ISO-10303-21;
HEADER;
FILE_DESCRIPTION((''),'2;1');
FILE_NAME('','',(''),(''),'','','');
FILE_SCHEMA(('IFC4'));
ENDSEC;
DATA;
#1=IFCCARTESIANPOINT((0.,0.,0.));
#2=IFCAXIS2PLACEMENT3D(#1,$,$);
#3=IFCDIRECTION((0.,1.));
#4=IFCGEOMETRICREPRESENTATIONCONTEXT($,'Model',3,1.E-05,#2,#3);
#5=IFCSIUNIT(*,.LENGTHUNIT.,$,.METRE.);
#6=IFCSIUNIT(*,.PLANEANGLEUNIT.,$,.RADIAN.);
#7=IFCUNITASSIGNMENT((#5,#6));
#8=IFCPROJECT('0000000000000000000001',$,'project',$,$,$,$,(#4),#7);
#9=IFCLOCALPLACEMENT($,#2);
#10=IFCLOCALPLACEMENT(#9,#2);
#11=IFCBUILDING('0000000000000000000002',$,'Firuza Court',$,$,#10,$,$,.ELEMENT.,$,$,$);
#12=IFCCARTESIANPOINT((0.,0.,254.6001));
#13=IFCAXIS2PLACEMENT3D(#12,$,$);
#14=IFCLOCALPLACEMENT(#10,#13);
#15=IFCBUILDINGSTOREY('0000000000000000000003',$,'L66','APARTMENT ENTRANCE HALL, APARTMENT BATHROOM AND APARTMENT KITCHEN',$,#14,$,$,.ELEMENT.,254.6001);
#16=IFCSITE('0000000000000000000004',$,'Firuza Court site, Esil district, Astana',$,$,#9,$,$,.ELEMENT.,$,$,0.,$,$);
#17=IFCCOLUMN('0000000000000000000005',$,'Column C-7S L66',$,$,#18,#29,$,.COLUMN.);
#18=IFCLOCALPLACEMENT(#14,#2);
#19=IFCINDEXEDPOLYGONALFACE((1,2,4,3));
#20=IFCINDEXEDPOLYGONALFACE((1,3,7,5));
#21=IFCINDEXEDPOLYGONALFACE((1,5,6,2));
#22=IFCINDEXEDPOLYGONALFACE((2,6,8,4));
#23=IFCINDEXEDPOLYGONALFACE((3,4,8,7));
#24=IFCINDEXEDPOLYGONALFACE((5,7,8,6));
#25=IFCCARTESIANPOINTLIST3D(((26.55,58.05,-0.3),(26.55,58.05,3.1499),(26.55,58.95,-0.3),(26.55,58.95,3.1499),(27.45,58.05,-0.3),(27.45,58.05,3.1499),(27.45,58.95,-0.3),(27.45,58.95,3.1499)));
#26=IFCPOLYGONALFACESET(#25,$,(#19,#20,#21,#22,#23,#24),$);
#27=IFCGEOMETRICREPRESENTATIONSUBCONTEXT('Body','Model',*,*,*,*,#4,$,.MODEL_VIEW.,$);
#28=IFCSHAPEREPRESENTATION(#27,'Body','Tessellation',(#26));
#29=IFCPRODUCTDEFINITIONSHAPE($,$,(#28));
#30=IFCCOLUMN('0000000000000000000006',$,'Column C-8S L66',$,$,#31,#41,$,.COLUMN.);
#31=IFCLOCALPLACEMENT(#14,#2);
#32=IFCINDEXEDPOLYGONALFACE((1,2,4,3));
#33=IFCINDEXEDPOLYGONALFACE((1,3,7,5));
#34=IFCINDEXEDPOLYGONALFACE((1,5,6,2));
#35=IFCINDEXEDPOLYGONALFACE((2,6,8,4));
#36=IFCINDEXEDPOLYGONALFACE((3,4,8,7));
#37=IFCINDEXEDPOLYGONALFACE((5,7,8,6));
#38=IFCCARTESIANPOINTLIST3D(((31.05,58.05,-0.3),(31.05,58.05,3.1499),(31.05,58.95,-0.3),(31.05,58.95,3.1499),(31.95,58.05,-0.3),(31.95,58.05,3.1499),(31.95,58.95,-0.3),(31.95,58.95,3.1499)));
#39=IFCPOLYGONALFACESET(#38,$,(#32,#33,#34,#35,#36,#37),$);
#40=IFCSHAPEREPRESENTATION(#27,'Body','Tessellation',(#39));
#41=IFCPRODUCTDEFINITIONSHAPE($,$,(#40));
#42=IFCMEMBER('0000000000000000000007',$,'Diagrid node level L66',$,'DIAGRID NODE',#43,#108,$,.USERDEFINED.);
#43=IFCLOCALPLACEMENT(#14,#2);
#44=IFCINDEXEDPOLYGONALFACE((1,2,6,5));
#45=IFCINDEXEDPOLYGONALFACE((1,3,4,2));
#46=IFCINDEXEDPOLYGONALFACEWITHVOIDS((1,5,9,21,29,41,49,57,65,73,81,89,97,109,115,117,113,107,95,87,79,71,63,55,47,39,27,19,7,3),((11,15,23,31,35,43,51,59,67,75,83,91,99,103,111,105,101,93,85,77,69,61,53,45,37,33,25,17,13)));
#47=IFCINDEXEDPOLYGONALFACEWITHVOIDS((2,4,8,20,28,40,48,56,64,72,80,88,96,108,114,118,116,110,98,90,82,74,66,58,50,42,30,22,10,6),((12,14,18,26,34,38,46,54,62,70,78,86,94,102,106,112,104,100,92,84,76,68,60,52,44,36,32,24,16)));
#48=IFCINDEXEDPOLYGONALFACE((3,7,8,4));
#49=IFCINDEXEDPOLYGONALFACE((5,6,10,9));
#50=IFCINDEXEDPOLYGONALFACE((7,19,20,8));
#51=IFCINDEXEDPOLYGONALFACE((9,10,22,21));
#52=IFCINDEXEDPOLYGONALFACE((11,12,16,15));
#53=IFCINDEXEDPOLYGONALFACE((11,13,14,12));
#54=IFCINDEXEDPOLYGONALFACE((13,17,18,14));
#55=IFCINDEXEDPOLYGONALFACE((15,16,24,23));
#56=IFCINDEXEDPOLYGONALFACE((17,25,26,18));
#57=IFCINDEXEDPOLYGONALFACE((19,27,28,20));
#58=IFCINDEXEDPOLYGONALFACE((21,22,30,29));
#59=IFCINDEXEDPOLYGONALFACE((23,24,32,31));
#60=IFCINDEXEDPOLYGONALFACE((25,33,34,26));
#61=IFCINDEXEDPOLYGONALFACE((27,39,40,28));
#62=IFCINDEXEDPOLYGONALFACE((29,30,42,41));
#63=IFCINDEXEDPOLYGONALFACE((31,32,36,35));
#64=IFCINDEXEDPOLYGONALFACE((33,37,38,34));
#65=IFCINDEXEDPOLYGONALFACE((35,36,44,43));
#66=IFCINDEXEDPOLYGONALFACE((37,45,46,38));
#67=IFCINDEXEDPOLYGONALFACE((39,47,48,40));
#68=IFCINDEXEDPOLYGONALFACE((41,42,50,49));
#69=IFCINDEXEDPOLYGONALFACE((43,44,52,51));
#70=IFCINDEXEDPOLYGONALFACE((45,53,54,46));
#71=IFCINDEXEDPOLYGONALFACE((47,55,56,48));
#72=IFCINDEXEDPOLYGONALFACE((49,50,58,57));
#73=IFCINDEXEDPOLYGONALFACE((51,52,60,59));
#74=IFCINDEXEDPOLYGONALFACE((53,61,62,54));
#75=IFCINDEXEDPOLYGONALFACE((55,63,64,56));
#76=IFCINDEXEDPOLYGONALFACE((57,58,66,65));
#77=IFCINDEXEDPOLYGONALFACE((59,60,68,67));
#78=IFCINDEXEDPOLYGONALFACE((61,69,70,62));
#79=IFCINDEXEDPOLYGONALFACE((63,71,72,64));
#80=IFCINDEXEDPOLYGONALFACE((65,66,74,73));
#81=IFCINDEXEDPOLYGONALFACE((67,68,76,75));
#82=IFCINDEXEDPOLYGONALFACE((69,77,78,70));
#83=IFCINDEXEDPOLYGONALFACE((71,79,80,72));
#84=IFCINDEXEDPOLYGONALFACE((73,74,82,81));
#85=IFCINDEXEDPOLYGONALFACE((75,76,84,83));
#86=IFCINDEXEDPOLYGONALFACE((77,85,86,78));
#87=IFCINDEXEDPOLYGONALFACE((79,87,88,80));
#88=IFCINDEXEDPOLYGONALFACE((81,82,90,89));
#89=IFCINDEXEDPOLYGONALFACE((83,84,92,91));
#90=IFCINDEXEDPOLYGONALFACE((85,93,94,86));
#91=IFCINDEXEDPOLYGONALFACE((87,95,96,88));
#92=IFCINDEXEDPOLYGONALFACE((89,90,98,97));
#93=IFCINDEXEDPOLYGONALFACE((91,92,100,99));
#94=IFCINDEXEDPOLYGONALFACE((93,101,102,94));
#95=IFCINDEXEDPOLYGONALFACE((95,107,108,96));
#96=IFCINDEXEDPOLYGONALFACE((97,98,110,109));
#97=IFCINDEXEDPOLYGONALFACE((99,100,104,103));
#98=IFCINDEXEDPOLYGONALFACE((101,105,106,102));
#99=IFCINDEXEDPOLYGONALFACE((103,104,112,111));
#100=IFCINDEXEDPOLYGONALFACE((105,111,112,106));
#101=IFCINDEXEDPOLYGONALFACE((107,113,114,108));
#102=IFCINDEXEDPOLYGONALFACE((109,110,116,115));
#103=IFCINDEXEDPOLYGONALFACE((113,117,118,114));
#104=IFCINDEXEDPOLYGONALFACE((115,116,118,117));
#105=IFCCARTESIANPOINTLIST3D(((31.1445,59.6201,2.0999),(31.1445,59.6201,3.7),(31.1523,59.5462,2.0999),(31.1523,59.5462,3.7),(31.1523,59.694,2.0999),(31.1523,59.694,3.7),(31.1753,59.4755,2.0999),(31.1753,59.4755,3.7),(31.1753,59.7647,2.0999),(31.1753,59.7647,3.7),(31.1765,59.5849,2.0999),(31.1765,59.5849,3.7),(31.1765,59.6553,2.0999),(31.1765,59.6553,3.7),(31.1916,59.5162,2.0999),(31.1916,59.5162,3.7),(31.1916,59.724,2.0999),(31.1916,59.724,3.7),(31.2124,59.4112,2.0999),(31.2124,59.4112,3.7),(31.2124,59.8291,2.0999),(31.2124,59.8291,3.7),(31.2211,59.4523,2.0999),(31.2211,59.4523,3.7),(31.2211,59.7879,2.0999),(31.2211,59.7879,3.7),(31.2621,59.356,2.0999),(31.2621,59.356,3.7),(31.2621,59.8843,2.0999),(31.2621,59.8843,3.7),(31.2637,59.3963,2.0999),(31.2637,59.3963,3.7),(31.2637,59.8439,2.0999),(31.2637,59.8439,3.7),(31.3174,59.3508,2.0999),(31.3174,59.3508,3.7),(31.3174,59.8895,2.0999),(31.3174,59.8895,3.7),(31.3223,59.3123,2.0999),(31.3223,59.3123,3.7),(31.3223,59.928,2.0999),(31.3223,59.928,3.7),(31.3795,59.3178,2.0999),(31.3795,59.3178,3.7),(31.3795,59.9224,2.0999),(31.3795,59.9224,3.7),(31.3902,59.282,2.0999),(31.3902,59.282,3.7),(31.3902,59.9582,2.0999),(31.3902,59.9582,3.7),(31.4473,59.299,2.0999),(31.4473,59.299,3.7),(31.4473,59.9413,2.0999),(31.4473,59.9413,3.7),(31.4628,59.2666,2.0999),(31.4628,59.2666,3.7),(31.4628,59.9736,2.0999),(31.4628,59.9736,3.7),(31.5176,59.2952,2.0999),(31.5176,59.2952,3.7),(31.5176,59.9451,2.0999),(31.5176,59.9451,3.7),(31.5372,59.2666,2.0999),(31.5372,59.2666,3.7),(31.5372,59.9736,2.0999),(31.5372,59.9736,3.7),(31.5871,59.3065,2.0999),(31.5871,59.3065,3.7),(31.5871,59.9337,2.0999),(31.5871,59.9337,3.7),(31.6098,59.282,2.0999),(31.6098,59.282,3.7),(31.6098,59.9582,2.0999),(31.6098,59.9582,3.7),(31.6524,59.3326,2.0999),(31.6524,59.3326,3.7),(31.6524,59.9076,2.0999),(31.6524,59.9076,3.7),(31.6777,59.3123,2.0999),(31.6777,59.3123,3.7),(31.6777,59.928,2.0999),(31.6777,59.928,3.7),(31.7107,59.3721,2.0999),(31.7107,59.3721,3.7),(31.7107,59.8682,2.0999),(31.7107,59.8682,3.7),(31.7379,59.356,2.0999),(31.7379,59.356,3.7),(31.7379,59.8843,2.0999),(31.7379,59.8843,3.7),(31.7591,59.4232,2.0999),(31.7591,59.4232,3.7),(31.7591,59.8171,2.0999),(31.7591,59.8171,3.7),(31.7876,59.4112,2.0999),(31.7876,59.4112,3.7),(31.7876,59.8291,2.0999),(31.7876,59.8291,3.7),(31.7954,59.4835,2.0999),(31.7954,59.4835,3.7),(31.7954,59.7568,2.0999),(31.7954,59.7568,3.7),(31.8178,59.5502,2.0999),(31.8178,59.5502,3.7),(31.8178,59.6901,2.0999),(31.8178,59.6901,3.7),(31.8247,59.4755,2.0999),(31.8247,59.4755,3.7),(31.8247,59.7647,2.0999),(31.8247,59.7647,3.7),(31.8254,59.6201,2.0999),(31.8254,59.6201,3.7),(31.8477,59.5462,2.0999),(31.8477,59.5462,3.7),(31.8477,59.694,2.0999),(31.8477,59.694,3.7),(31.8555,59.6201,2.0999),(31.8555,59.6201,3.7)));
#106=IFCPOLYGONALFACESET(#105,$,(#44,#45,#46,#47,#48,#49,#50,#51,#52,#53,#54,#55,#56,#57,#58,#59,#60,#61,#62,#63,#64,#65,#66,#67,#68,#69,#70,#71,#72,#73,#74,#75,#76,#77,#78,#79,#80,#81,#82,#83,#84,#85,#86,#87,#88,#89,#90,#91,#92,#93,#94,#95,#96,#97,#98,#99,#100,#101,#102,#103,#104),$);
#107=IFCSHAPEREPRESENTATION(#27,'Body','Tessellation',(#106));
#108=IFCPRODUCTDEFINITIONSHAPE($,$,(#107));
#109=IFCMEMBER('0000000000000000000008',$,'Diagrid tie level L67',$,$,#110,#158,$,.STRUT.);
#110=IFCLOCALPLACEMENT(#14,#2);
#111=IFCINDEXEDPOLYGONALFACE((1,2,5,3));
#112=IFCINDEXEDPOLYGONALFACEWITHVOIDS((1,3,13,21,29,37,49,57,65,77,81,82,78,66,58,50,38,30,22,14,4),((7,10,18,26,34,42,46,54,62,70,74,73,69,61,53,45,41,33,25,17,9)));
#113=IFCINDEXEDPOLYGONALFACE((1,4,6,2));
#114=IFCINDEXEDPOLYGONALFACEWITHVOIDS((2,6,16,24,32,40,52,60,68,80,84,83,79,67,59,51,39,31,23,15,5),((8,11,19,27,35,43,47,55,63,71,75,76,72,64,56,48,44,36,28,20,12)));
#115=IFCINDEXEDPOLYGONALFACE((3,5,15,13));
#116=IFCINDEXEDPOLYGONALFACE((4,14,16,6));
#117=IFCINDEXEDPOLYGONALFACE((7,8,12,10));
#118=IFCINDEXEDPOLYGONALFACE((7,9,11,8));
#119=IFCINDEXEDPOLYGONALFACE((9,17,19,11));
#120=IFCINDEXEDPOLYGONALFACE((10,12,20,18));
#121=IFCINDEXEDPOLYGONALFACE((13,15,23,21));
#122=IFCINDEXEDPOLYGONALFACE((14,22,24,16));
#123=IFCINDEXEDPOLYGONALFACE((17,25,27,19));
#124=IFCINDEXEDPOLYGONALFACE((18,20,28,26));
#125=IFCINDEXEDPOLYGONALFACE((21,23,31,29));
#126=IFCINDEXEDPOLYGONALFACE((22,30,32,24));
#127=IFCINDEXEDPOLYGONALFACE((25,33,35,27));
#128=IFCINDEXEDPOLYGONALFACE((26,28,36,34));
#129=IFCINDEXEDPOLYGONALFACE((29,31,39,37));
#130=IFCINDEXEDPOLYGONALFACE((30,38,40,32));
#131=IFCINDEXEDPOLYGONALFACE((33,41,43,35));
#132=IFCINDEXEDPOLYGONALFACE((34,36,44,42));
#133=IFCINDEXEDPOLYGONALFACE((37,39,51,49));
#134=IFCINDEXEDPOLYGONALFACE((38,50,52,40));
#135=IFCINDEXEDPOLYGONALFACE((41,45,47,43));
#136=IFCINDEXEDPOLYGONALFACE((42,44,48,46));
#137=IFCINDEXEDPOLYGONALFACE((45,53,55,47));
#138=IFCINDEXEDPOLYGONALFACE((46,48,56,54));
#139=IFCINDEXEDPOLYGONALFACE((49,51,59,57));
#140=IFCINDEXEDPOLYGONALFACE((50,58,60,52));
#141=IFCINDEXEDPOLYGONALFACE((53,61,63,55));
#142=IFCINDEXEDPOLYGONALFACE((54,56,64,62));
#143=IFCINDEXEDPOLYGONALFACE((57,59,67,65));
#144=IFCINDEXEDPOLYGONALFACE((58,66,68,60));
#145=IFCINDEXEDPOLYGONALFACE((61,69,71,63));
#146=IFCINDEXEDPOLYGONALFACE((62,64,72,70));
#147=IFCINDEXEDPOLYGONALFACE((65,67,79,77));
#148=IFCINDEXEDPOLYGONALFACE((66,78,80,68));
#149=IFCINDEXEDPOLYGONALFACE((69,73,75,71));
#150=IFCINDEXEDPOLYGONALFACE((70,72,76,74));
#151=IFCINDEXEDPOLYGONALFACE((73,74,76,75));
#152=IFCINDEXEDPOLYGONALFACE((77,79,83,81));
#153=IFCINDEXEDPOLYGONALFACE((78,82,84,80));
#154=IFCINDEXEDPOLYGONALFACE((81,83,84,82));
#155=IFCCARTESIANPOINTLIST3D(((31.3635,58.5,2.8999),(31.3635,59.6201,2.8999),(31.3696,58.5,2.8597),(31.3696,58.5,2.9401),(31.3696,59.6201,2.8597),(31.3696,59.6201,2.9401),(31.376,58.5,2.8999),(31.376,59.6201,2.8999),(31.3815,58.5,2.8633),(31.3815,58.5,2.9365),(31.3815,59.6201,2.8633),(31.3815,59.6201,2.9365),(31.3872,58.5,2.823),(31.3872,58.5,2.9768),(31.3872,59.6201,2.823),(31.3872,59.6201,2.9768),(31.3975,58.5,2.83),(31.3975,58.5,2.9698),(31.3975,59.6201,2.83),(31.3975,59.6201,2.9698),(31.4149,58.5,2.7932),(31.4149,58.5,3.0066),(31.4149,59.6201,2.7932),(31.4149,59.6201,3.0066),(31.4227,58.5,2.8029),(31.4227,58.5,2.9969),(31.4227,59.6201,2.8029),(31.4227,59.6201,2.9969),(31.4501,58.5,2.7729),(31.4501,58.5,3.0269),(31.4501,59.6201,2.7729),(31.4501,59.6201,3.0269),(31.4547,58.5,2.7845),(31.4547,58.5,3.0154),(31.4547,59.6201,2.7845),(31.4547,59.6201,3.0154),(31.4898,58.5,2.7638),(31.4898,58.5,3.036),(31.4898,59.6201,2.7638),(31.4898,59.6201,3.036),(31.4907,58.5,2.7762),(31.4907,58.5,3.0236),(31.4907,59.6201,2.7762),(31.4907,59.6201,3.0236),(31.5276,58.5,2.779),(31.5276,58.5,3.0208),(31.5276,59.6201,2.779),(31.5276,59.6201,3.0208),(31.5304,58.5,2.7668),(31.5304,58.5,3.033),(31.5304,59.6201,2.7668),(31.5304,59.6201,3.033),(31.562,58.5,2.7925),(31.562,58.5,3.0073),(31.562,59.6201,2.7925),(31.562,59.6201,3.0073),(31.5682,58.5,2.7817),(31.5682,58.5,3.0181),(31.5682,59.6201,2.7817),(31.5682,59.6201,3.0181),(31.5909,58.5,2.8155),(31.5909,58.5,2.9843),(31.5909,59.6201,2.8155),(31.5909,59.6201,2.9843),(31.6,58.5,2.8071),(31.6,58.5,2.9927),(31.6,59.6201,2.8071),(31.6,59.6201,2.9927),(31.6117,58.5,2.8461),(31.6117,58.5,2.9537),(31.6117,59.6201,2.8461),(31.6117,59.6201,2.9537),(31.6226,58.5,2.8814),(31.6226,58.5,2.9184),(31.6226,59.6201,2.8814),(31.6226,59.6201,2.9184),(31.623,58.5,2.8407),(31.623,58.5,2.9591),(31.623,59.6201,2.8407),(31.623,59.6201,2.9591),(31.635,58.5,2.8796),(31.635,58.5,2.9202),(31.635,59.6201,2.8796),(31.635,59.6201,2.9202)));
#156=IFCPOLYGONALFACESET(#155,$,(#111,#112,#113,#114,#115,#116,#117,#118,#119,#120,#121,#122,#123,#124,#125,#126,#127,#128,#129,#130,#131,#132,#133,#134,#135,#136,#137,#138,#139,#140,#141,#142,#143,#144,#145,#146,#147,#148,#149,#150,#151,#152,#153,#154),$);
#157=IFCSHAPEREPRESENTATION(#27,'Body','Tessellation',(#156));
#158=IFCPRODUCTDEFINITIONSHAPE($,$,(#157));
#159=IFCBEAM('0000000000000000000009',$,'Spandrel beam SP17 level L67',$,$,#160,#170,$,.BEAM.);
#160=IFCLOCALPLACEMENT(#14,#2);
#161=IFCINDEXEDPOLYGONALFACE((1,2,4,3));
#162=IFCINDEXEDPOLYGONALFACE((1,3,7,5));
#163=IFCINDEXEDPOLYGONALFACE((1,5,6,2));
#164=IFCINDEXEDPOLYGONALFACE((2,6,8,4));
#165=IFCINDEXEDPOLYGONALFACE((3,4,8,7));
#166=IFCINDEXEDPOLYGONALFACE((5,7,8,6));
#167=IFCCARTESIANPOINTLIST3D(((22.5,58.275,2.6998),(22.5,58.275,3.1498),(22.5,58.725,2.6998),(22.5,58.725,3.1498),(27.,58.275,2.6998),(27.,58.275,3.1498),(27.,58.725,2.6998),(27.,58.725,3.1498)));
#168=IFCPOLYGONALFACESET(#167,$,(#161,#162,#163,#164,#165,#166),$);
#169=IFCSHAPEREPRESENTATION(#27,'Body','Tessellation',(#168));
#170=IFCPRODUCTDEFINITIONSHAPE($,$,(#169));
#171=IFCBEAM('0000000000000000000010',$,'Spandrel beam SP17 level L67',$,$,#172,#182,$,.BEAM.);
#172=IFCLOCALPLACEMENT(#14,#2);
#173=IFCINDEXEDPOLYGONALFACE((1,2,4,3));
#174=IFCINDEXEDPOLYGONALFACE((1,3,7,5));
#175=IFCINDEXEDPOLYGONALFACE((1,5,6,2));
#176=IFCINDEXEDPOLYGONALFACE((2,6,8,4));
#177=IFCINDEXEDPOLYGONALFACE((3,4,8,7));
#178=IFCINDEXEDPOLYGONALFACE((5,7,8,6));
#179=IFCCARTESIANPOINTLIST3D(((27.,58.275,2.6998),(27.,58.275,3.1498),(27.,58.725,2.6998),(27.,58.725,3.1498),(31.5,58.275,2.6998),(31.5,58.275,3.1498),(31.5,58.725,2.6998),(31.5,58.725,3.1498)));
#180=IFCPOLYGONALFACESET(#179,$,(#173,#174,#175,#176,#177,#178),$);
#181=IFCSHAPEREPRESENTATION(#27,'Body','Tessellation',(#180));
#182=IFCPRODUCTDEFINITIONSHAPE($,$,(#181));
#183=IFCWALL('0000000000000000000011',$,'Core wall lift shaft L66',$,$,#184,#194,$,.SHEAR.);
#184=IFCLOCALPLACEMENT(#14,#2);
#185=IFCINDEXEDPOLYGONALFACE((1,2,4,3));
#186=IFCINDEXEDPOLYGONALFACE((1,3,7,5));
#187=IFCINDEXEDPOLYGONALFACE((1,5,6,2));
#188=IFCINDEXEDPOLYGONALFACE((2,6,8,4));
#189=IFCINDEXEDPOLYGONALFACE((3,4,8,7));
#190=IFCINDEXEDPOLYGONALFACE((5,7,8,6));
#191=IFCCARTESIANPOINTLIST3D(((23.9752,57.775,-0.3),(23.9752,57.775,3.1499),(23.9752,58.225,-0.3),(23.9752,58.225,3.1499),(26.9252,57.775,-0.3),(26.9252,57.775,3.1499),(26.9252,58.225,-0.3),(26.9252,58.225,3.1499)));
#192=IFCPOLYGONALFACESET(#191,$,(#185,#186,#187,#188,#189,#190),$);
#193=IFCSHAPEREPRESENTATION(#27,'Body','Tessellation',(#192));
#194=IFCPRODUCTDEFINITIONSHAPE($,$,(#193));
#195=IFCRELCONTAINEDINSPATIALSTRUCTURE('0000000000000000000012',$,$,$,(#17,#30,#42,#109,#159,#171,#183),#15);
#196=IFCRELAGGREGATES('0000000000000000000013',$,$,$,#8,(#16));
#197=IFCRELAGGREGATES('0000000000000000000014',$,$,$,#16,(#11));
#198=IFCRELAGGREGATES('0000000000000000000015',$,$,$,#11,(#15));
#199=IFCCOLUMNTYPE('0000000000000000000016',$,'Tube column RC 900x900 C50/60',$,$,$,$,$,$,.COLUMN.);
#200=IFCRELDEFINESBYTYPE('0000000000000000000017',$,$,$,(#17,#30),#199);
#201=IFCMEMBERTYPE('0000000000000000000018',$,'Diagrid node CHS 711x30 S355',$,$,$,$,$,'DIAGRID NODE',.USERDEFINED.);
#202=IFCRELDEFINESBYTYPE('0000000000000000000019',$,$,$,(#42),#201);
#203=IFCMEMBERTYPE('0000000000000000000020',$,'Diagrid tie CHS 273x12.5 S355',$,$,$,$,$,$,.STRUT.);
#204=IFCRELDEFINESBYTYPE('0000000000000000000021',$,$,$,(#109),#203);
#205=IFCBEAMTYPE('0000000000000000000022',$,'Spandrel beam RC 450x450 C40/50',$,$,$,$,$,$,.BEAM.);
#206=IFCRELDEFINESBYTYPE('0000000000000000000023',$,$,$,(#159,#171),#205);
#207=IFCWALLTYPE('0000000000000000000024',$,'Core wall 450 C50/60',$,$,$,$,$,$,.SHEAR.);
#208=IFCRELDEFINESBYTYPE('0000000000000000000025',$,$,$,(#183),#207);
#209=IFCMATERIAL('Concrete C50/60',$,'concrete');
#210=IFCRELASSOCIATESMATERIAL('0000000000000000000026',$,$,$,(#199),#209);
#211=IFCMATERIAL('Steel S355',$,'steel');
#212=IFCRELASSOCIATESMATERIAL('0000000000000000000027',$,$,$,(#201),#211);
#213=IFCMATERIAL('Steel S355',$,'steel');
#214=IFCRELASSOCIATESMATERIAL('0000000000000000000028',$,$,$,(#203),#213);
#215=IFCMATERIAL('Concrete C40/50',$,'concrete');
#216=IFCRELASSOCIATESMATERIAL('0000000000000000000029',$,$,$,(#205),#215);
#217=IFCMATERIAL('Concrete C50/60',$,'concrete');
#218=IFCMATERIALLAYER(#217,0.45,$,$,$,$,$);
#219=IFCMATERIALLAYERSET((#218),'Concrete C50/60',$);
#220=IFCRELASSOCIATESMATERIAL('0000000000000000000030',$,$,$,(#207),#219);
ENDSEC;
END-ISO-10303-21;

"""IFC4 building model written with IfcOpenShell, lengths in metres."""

from ifc_helpers import new_model, si_unit, direction, frame, frame_2d, origin, origin_2d, place, context, subcontext, project, spatial, rectangle, hollow_circle, extrude, material, layer, layer_set, material_profile, profile_set, type_object, element, save


model = new_model("IFC4")

# Units and contexts
model_context = context("Model", 3, precision=1e-05, world=origin(), true_north=direction((0.0, 1.0)))
body_context = subcontext(model_context, "Body", "Model", "MODEL_VIEW")
ifc_project = project(units=[si_unit("LENGTHUNIT", "METRE"), si_unit("PLANEANGLEUNIT", "RADIAN")], contexts=[model_context])

# Site, building, storey
site_placement = place(None, origin())
site = spatial("IfcSite", under=ifc_project, at=site_placement, Name="Firuza Court site, Esil district, Astana", CompositionType="ELEMENT", RefElevation=0.0)
building_placement = place(site_placement, origin())
building = spatial("IfcBuilding", under=site, at=building_placement, Name="Firuza Court", CompositionType="ELEMENT")
storey_placement = place(building_placement, frame((0.0, 0.0, 254.6001)))
storey = spatial("IfcBuildingStorey", under=building, at=storey_placement, Name="L66", Description="APARTMENT ENTRANCE HALL, APARTMENT BATHROOM AND APARTMENT KITCHEN", CompositionType="ELEMENT", Elevation=254.6001)

# Columns
ifc_material_1 = material(Name="Concrete C50/60", Category="concrete")
ifc_material_profile_1 = material_profile(ifc_material_1, rectangle(XDim=0.8999, YDim=0.8999, at=origin_2d()), Name="RC 900x900")
ifc_profile_set_1 = profile_set([ifc_material_profile_1], Name="Concrete C50/60")
column_type = type_object("IfcColumnType", Name="Tube column RC 900x900 C50/60", PredefinedType="COLUMN", material=ifc_profile_set_1)
for number, where, z_axis, x_axis, name in (
    (1, (27.0, 58.5, -0.3), (0.0, 0.0, 1.0), (1.0, 0.0, 0.0), "Column C-7S L66"),
    (2, (31.5, 58.5, -0.3), (0.0, 0.0, 1.0), (1.0, 0.0, 0.0), "Column C-8S L66"),
):
    element("IfcColumn", number, at=place(storey_placement, frame(where, z_axis=z_axis, x_axis=x_axis)), inside=storey, type_object=column_type, Name=name, PredefinedType="COLUMN", context=body_context, shape_type="SweptSolid", body=[
        extrude(rectangle(XDim=0.8999, YDim=0.8999, at=origin_2d()), origin(), (0.0, 0.0, 1.0), 3.45),
    ])

# Members
ifc_material_2 = material(Name="Steel S355", Category="steel")
ifc_material_profile_2 = material_profile(ifc_material_2, hollow_circle(Radius=0.3555, WallThickness=0.03, at=origin_2d()), Name="CHS 711x30")
ifc_profile_set_2 = profile_set([ifc_material_profile_2], Name="Steel S355")
member_type_1 = type_object("IfcMemberType", Name="Diagrid node CHS 711x30 S355", ElementType="DIAGRID NODE", PredefinedType="USERDEFINED", material=ifc_profile_set_2)
member_1_placement = place(storey_placement, frame((31.5, 59.6201, 2.0999), z_axis=(0.0, 0.0, 1.0), x_axis=(1.0, 0.0, 0.0)))
element("IfcMember", 3, at=member_1_placement, inside=storey, type_object=member_type_1, Name="Diagrid node level L66", ObjectType="DIAGRID NODE", PredefinedType="USERDEFINED", context=body_context, shape_type="SweptSolid", body=[
    extrude(hollow_circle(Radius=0.3555, WallThickness=0.03, at=origin_2d()), origin(), (0.0, 0.0, 1.0), 1.6001),
])
ifc_material_3 = material(Name="Steel S355", Category="steel")
ifc_material_profile_3 = material_profile(ifc_material_3, hollow_circle(Radius=0.1365, WallThickness=0.0125, at=origin_2d()), Name="CHS 273x12.5")
ifc_profile_set_3 = profile_set([ifc_material_profile_3], Name="Steel S355")
member_type_2 = type_object("IfcMemberType", Name="Diagrid tie CHS 273x12.5 S355", PredefinedType="STRUT", material=ifc_profile_set_3)
member_2_placement = place(storey_placement, frame((31.5, 58.5, 2.8999), z_axis=(0.0, 1.0, 0.0), x_axis=(-1.0, 0.0, 0.0)))
element("IfcMember", 4, at=member_2_placement, inside=storey, type_object=member_type_2, Name="Diagrid tie level L67", PredefinedType="STRUT", context=body_context, shape_type="SweptSolid", body=[
    extrude(hollow_circle(Radius=0.1365, WallThickness=0.0125, at=origin_2d()), origin(), (0.0, 0.0, 1.0), 1.1201),
])

# Beams
ifc_material_4 = material(Name="Concrete C40/50", Category="concrete")
ifc_material_profile_4 = material_profile(ifc_material_4, rectangle(XDim=0.45, YDim=0.45, at=origin_2d()), Name="RC 450x450")
ifc_profile_set_4 = profile_set([ifc_material_profile_4], Name="Concrete C40/50")
beam_type = type_object("IfcBeamType", Name="Spandrel beam RC 450x450 C40/50", PredefinedType="BEAM", material=ifc_profile_set_4)
for number, where, z_axis, x_axis, name in (
    (5, (27.0, 58.5, 2.9248), (-1.0, 0.0, 0.0), (0.0, -1.0, 0.0), "Spandrel beam SP17 level L67"),
    (6, (31.5, 58.5, 2.9248), (-1.0, 0.0, 0.0), (0.0, -1.0, 0.0), "Spandrel beam SP17 level L67"),
):
    element("IfcBeam", number, at=place(storey_placement, frame(where, z_axis=z_axis, x_axis=x_axis)), inside=storey, type_object=beam_type, Name=name, PredefinedType="BEAM", context=body_context, shape_type="SweptSolid", body=[
        extrude(rectangle(XDim=0.45, YDim=0.45, at=origin_2d()), origin(), (0.0, 0.0, 1.0), 4.5),
    ])

# Wall
ifc_material_5 = material(Name="Concrete C50/60", Category="concrete")
ifc_layer_1 = layer(ifc_material_5, 0.45)
ifc_layer_set_1 = layer_set([ifc_layer_1], Name="Concrete C50/60")
wall_type_1 = type_object("IfcWallType", Name="Core wall 450 C50/60", PredefinedType="SHEAR", material=ifc_layer_set_1)
wall_1_placement = place(storey_placement, frame((23.9751, 58.0, -0.3), z_axis=(0.0, 0.0, 1.0), x_axis=(1.0, 0.0, 0.0)))
element("IfcWall", 7, at=wall_1_placement, inside=storey, type_object=wall_type_1, Name="Core wall lift shaft L66", PredefinedType="SHEAR", context=body_context, shape_type="SweptSolid", body=[
    extrude(rectangle(XDim=2.95, YDim=0.45, at=frame_2d((1.4751, 0.0))), origin(), (0.0, 0.0, 1.0), 3.45),
])

save(model, "model.ifc")
